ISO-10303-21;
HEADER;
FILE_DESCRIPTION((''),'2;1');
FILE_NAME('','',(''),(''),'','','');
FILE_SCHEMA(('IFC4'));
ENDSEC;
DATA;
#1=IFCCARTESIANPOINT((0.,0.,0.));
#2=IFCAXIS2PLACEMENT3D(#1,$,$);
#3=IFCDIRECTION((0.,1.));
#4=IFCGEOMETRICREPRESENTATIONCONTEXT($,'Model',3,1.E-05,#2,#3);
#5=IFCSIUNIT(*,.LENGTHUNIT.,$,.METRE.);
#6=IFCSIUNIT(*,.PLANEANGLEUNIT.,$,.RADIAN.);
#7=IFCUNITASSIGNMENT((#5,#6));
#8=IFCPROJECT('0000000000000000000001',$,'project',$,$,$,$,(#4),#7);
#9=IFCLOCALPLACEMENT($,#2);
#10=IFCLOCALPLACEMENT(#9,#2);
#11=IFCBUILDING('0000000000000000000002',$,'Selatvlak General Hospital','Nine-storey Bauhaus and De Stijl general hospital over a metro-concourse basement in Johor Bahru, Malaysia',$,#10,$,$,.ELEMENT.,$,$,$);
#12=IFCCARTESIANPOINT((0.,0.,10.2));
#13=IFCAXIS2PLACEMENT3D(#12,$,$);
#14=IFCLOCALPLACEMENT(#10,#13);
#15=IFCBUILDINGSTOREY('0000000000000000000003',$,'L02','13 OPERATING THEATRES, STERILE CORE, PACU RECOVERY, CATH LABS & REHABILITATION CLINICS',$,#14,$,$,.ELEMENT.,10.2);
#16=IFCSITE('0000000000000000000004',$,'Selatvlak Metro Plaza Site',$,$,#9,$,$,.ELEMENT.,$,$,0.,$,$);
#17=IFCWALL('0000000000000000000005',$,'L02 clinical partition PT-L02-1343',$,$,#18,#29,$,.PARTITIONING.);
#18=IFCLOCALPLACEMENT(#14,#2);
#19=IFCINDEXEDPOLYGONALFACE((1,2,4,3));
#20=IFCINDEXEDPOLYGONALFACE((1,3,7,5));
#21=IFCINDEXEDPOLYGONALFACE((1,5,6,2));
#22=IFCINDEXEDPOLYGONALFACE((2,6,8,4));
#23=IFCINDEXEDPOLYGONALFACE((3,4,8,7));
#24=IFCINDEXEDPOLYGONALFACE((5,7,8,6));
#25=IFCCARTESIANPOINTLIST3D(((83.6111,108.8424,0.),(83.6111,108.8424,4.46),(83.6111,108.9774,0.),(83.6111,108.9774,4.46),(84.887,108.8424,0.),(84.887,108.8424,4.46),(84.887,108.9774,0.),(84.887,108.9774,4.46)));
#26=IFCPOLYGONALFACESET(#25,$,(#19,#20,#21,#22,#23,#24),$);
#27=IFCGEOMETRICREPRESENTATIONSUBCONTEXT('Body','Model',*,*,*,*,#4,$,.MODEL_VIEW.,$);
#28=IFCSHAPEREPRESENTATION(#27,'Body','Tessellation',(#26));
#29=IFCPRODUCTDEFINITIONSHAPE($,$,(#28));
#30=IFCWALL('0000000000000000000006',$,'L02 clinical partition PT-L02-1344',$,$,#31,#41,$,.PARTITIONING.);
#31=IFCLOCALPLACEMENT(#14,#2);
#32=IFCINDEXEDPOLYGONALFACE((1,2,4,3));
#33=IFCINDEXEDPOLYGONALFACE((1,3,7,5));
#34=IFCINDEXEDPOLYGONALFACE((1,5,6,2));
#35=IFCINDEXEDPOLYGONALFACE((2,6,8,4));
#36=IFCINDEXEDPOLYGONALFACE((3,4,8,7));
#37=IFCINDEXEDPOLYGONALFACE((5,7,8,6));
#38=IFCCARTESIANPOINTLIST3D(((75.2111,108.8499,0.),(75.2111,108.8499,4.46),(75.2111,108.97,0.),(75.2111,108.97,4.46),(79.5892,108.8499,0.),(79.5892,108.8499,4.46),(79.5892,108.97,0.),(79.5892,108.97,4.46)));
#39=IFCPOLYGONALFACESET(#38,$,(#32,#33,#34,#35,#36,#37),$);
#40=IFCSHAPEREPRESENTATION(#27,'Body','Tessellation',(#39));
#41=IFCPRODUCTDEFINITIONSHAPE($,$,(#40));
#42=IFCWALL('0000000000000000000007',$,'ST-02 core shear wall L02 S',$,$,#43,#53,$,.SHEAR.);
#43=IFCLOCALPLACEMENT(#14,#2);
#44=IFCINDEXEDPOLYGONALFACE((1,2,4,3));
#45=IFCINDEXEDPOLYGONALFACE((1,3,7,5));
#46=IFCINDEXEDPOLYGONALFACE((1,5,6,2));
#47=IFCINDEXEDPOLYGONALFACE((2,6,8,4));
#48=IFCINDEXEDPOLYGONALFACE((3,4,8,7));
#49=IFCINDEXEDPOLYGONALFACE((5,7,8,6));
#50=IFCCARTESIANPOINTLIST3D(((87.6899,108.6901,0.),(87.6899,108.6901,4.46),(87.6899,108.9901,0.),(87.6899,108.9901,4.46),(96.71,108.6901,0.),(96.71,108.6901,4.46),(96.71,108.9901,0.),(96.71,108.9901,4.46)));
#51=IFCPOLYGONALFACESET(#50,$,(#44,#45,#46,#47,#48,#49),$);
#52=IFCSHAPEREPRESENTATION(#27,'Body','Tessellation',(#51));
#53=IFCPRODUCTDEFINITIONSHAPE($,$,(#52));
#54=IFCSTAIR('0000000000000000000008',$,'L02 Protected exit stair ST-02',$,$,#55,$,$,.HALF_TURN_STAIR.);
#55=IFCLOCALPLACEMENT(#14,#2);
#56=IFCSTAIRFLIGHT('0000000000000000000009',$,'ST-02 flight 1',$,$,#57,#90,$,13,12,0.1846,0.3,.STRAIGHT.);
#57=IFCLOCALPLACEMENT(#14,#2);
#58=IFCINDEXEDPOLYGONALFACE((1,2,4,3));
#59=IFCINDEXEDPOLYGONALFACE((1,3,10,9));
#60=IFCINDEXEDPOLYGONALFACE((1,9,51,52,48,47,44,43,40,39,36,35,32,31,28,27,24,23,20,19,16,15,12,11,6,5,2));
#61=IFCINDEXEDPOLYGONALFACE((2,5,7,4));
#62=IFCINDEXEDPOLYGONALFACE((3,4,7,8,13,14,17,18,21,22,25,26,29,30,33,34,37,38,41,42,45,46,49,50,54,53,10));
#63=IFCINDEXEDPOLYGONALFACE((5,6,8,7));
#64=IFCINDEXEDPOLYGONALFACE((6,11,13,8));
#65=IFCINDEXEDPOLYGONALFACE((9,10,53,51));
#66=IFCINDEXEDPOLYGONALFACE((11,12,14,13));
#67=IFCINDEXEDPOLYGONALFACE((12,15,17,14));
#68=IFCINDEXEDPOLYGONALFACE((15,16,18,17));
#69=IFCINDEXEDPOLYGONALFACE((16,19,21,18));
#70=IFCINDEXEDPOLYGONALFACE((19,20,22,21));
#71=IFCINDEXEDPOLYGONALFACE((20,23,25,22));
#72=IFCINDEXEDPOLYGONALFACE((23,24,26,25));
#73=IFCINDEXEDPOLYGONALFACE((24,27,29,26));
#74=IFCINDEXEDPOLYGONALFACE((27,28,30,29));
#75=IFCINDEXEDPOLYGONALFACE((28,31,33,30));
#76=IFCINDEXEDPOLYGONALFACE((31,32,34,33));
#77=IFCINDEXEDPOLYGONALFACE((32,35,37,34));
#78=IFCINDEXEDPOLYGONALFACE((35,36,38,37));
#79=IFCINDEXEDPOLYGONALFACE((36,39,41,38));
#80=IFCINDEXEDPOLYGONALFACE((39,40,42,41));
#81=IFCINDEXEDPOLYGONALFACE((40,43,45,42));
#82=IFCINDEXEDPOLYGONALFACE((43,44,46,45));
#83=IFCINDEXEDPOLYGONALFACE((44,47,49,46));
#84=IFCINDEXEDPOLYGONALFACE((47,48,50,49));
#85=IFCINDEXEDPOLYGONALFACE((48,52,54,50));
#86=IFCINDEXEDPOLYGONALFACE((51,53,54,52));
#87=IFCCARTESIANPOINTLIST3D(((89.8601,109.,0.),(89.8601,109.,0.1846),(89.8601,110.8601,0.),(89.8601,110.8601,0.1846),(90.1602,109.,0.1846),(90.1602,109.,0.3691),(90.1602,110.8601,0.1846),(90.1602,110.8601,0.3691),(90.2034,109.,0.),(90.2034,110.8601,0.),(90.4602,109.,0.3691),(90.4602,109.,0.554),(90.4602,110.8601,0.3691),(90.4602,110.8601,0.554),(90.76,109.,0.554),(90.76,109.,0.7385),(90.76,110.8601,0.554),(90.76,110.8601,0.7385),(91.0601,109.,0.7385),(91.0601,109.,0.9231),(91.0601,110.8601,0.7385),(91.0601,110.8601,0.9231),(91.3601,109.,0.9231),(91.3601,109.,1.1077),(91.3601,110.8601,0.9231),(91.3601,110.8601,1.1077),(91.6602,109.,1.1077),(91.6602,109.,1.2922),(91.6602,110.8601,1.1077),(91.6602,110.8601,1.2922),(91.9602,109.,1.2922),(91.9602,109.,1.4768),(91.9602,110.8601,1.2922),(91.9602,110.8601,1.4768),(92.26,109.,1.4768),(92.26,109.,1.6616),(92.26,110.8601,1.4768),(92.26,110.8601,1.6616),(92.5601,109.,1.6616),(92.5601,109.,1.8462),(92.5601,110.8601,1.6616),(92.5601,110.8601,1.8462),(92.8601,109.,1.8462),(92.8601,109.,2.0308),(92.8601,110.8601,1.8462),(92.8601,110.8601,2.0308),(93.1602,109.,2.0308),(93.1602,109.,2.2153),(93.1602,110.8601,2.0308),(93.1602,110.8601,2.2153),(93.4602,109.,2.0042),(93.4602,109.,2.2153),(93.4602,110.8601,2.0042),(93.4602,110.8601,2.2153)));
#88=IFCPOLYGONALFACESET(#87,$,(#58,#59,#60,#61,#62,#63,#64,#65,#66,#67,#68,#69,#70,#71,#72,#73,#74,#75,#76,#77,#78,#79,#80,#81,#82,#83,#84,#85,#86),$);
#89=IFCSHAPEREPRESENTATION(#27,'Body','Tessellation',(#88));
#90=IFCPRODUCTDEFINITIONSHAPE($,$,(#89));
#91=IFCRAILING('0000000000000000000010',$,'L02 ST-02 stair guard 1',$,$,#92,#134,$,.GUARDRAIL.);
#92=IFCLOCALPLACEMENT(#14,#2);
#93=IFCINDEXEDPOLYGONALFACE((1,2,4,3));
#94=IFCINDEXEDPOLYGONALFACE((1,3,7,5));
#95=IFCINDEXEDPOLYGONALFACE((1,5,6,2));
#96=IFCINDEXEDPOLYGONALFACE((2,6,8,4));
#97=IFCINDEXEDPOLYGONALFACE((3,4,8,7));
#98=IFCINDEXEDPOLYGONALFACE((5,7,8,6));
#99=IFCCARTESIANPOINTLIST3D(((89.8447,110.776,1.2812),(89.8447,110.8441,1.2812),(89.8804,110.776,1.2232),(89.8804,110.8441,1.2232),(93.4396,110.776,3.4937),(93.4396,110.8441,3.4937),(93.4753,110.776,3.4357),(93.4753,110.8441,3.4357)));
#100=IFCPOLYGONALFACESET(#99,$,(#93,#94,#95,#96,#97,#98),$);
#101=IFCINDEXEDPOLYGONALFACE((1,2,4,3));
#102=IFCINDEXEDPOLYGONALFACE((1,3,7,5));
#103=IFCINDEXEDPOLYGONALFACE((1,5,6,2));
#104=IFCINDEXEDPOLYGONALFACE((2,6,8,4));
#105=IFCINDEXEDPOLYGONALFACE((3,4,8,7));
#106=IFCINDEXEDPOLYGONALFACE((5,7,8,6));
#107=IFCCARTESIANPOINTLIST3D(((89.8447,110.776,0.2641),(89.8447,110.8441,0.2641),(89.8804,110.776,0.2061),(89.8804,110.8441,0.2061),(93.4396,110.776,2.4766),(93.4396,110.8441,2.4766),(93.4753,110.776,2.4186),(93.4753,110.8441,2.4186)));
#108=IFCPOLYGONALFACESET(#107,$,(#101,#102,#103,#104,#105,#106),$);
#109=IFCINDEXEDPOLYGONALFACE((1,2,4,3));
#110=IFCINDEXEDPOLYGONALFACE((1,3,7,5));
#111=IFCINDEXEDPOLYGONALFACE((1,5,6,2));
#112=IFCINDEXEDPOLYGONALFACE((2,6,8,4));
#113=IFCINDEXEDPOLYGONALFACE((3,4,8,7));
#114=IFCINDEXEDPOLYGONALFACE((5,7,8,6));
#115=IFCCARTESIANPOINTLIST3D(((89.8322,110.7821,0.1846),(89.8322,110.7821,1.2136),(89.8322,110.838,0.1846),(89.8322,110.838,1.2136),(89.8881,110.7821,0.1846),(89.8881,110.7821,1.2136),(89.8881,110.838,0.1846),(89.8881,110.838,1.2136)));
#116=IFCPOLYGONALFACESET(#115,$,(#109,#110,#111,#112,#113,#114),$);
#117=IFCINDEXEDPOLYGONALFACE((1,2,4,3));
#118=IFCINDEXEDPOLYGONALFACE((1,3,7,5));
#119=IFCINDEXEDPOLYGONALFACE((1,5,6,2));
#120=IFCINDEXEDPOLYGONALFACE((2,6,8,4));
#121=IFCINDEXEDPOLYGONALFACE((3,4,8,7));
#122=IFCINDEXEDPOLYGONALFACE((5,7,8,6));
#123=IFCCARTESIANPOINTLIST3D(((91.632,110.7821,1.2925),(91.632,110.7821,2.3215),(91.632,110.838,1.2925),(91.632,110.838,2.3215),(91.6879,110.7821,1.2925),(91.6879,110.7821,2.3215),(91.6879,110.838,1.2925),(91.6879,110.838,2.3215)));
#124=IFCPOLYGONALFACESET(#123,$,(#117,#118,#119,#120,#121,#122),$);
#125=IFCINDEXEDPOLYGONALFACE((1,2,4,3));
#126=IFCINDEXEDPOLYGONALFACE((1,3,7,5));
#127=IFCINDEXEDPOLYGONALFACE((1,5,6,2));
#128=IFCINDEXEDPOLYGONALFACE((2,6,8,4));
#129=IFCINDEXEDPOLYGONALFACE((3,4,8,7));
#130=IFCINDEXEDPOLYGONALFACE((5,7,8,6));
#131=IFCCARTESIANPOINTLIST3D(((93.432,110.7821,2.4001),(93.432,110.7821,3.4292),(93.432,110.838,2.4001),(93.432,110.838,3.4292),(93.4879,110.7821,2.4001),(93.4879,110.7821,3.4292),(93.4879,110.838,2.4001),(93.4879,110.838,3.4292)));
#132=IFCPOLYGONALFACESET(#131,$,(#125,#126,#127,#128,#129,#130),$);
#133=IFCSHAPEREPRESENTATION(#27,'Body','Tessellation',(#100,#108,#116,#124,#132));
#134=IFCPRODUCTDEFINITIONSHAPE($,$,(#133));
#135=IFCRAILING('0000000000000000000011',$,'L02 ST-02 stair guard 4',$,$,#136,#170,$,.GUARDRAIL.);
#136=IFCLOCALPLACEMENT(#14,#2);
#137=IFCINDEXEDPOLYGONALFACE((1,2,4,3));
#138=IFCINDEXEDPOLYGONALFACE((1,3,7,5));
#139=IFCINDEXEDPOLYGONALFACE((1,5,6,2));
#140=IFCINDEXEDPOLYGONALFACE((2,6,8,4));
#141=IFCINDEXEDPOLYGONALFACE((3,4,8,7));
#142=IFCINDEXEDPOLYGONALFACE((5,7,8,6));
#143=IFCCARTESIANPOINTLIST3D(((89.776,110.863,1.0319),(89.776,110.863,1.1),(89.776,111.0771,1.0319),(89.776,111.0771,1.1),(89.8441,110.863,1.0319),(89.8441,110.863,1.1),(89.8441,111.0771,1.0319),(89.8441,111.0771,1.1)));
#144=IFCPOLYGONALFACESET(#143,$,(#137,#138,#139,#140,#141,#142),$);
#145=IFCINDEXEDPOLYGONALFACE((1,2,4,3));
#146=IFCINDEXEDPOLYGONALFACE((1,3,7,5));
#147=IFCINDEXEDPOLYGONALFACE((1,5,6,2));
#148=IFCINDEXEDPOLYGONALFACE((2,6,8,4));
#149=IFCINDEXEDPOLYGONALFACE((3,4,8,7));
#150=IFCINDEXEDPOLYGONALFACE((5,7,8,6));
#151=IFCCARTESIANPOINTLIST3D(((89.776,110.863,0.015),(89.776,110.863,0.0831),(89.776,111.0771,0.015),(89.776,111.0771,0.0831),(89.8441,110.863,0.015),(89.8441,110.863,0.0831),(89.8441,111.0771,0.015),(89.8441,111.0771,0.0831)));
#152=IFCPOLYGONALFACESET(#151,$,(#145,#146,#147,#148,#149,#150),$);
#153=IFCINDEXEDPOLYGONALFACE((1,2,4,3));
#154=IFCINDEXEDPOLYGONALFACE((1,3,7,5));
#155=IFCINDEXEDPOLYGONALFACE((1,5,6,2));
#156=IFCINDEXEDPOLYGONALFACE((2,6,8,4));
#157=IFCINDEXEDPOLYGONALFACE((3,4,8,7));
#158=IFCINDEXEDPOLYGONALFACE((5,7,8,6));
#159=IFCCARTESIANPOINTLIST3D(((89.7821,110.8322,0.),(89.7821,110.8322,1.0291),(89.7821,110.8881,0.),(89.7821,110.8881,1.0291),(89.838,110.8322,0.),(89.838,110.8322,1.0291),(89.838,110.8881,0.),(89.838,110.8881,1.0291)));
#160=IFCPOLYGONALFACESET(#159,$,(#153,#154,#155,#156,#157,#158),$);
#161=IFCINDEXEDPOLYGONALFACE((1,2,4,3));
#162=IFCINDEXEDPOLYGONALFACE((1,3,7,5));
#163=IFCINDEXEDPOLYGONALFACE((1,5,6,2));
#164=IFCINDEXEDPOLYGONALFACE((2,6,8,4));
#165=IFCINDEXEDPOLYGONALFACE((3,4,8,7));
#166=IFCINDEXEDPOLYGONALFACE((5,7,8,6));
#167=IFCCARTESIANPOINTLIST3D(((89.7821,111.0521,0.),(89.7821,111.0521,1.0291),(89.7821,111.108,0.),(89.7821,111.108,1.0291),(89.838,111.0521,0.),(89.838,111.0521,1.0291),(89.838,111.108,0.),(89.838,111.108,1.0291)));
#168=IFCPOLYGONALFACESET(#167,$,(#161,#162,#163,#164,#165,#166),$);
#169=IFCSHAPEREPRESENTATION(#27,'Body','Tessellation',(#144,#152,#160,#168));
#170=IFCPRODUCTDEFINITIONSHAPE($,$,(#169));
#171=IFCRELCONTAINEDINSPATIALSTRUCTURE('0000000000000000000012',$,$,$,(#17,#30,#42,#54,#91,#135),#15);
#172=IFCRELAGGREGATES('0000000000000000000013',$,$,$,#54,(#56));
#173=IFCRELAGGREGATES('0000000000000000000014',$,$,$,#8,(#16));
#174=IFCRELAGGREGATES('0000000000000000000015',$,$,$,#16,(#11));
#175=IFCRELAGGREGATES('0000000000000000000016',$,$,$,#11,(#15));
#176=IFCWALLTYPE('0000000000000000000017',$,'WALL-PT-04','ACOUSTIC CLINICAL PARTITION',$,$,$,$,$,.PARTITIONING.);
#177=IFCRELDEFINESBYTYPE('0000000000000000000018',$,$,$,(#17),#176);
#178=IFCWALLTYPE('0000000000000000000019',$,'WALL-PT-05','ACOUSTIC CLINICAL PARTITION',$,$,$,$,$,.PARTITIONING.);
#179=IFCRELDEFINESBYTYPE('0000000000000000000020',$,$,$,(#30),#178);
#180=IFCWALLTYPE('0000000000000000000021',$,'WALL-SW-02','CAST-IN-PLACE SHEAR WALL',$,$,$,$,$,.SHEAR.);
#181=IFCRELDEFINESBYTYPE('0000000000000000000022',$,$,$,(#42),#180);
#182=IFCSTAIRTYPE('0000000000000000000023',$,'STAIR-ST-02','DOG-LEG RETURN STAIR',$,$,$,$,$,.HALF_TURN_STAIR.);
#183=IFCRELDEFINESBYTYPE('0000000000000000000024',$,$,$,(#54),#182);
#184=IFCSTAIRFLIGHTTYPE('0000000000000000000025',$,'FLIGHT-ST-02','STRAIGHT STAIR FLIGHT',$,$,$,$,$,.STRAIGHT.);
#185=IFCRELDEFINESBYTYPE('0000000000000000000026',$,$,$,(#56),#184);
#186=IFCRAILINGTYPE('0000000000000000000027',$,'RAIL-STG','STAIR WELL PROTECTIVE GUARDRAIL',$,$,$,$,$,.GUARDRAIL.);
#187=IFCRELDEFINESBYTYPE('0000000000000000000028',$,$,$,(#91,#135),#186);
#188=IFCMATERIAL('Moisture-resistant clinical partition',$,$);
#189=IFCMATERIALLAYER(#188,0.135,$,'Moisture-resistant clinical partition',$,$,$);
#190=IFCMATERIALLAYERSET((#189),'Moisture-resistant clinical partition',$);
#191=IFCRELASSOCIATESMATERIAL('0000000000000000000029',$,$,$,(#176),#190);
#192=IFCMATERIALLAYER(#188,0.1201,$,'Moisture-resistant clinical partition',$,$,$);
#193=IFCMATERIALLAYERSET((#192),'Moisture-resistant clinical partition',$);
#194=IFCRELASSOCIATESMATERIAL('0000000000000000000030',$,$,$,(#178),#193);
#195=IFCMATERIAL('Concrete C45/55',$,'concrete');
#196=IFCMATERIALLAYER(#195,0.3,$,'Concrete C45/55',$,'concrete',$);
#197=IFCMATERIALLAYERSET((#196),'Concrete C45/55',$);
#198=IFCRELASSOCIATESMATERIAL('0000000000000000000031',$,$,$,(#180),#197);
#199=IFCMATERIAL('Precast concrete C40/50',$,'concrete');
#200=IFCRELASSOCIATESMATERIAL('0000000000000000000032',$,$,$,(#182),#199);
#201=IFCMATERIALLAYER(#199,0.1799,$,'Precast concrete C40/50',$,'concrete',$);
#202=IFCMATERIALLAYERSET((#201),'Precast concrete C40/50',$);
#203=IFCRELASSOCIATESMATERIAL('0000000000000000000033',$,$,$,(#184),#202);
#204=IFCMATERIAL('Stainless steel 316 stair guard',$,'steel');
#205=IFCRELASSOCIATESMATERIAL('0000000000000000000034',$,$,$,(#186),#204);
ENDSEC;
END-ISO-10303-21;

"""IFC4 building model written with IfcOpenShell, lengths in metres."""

from ifc_helpers import new_model, si_unit, direction, frame, frame_2d, origin, origin_2d, place, context, subcontext, project, spatial, polyline, rectangle, outline, extrude, material, layer, layer_set, type_object, element, aggregate, save


model = new_model("IFC4")

# Units and contexts
model_context = context("Model", 3, precision=1e-05, world=origin(), true_north=direction((0.0, 1.0)))
body_context = subcontext(model_context, "Body", "Model", "MODEL_VIEW")
ifc_project = project(units=[si_unit("LENGTHUNIT", "METRE"), si_unit("PLANEANGLEUNIT", "RADIAN")], contexts=[model_context])

# Site, building, storey
site_placement = place(None, origin())
site = spatial("IfcSite", under=ifc_project, at=site_placement, Name="Selatvlak Metro Plaza Site", CompositionType="ELEMENT", RefElevation=0.0)
building_placement = place(site_placement, origin())
building = spatial("IfcBuilding", under=site, at=building_placement, Name="Selatvlak General Hospital", Description="Nine-storey Bauhaus and De Stijl general hospital over a metro-concourse basement in Johor Bahru, Malaysia", CompositionType="ELEMENT")
storey_placement = place(building_placement, frame((0.0, 0.0, 10.2)))
storey = spatial("IfcBuildingStorey", under=building, at=storey_placement, Name="L02", Description="13 OPERATING THEATRES, STERILE CORE, PACU RECOVERY, CATH LABS & REHABILITATION CLINICS", CompositionType="ELEMENT", Elevation=10.2)

# Walls
ifc_material_1 = material(Name="Moisture-resistant clinical partition")
ifc_layer_1 = layer(ifc_material_1, 0.135, Name="Moisture-resistant clinical partition")
ifc_layer_set_1 = layer_set([ifc_layer_1], Name="Moisture-resistant clinical partition")
wall_type_1 = type_object("IfcWallType", Name="WALL-PT-04", Description="ACOUSTIC CLINICAL PARTITION", PredefinedType="PARTITIONING", material=ifc_layer_set_1)
wall_1_placement = place(storey_placement, frame((84.887, 108.9099, 0.0), z_axis=(0.0, 0.0, 1.0), x_axis=(-1.0, 0.0, 0.0)))
element("IfcWall", 1, at=wall_1_placement, inside=storey, type_object=wall_type_1, Name="L02 clinical partition PT-L02-1343", PredefinedType="PARTITIONING", context=body_context, shape_type="SweptSolid", body=[
    extrude(rectangle(XDim=1.2759, YDim=0.135, at=frame_2d((0.6379, 0.0))), origin(), (0.0, 0.0, 1.0), 4.46),
])
ifc_layer_2 = layer(ifc_material_1, 0.1201, Name="Moisture-resistant clinical partition")
ifc_layer_set_2 = layer_set([ifc_layer_2], Name="Moisture-resistant clinical partition")
wall_type_2 = type_object("IfcWallType", Name="WALL-PT-05", Description="ACOUSTIC CLINICAL PARTITION", PredefinedType="PARTITIONING", material=ifc_layer_set_2)
wall_2_placement = place(storey_placement, frame((79.5891, 108.9099, 0.0), z_axis=(0.0, 0.0, 1.0), x_axis=(-1.0, 0.0, 0.0)))
element("IfcWall", 2, at=wall_2_placement, inside=storey, type_object=wall_type_2, Name="L02 clinical partition PT-L02-1344", PredefinedType="PARTITIONING", context=body_context, shape_type="SweptSolid", body=[
    extrude(rectangle(XDim=4.3782, YDim=0.1201, at=frame_2d((2.189, 0.0))), origin(), (0.0, 0.0, 1.0), 4.46),
])
ifc_material_2 = material(Name="Concrete C45/55", Category="concrete")
ifc_layer_3 = layer(ifc_material_2, 0.3, Name="Concrete C45/55", Category="concrete")
ifc_layer_set_3 = layer_set([ifc_layer_3], Name="Concrete C45/55")
wall_type_3 = type_object("IfcWallType", Name="WALL-SW-02", Description="CAST-IN-PLACE SHEAR WALL", PredefinedType="SHEAR", material=ifc_layer_set_3)
wall_3_placement = place(storey_placement, frame((87.6899, 108.8401, 0.0), z_axis=(0.0, 0.0, 1.0), x_axis=(1.0, 0.0, 0.0)))
element("IfcWall", 3, at=wall_3_placement, inside=storey, type_object=wall_type_3, Name="ST-02 core shear wall L02 S", PredefinedType="SHEAR", context=body_context, shape_type="SweptSolid", body=[
    extrude(rectangle(XDim=9.02, YDim=0.3, at=frame_2d((4.51, 0.0))), origin(), (0.0, 0.0, 1.0), 4.46),
])

# Stair, stair flight
ifc_material_3 = material(Name="Precast concrete C40/50", Category="concrete")
stair_type = type_object("IfcStairType", Name="STAIR-ST-02", Description="DOG-LEG RETURN STAIR", PredefinedType="HALF_TURN_STAIR", material=ifc_material_3)
stair_placement = place(storey_placement, origin())
stair = element("IfcStair", 4, at=stair_placement, inside=storey, type_object=stair_type, Name="L02 Protected exit stair ST-02", PredefinedType="HALF_TURN_STAIR")
ifc_layer_4 = layer(ifc_material_3, 0.1799, Name="Precast concrete C40/50", Category="concrete")
ifc_layer_set_4 = layer_set([ifc_layer_4], Name="Precast concrete C40/50")
stair_flight_type = type_object("IfcStairFlightType", Name="FLIGHT-ST-02", Description="STRAIGHT STAIR FLIGHT", PredefinedType="STRAIGHT", material=ifc_layer_set_4)
stair_flight_placement = place(storey_placement, frame((89.8601, 109.9299, 0.0), z_axis=(0.0, 0.0, 1.0), x_axis=(1.0, 0.0, 0.0)))
stair_flight = element("IfcStairFlight", 5, at=stair_flight_placement, type_object=stair_flight_type, Name="ST-02 flight 1", NumberOfRisers=13, NumberOfTreads=12, PredefinedType="STRAIGHT", RiserHeight=0.1846, TreadLength=0.3, context=body_context, shape_type="SweptSolid", body=[
    extrude(outline(polyline([(0.0, 0.0), (0.0, 0.1846), (0.3, 0.1846), (0.3, 0.3691), (0.6001, 0.3691), (0.6001, 0.554), (0.8999, 0.554), (0.8999, 0.7385), (1.2, 0.7385), (1.2, 0.9231), (1.5, 0.9231), (1.5, 1.1077), (1.8, 1.1077), (1.8, 1.2922), (2.1001, 1.2922), (2.1001, 1.4768), (2.3999, 1.4768), (2.3999, 1.6616), (2.7, 1.6616), (2.7, 1.8462), (3.0, 1.8462), (3.0, 2.0308), (3.3, 2.0308), (3.3, 2.2153), (3.6001, 2.2153), (3.6001, 2.3999), (3.6001, 2.0042), (0.3433, 0.0), (0.0, 0.0)])), frame((0.0, 0.9302, 0.0), z_axis=(0.0, -1.0, 0.0), x_axis=(1.0, 0.0, 0.0)), (0.0, 0.0, 1.0), 1.8601),
])
aggregate(stair, [stair_flight])

# Railings
ifc_material_4 = material(Name="Stainless steel 316 stair guard", Category="steel")
railing_type_1 = type_object("IfcRailingType", Name="RAIL-STG", Description="STAIR WELL PROTECTIVE GUARDRAIL", PredefinedType="GUARDRAIL", material=ifc_material_4)
railing_1_placement = place(storey_placement, frame((89.8601, 110.8101, 0.1846)))
element("IfcRailing", 6, at=railing_1_placement, inside=storey, type_object=railing_type_1, Name="L02 ST-02 stair guard 1", PredefinedType="GUARDRAIL", context=body_context, shape_type="SweptSolid", body=[
    extrude(rectangle(XDim=0.0681, YDim=0.0681, at=origin_2d()), frame((0.0024, 0.0, 1.0676), z_axis=(0.851629, 0.0, 0.524146), x_axis=(0.0, 1.0, 0.0)), (0.0, 0.0, 1.0), 4.2212),
    extrude(rectangle(XDim=0.0681, YDim=0.0681, at=origin_2d()), frame((0.0024, 0.0, 0.0505), z_axis=(0.851629, 0.0, 0.524146), x_axis=(0.0, 1.0, 0.0)), (0.0, 0.0, 1.0), 4.2212),
    extrude(rectangle(XDim=0.0559, YDim=0.0559, at=origin_2d()), origin(), (0.0, 0.0, 1.0), 1.0291),
    extrude(rectangle(XDim=0.0559, YDim=0.0559, at=origin_2d()), frame((1.7998, 0.0, 1.1079)), (0.0, 0.0, 1.0), 1.0291),
    extrude(rectangle(XDim=0.0559, YDim=0.0559, at=origin_2d()), frame((3.5999, 0.0, 2.2156)), (0.0, 0.0, 1.0), 1.0291),
])
railing_2_placement = place(storey_placement, frame((89.8101, 110.8601, 0.0)))
element("IfcRailing", 7, at=railing_2_placement, inside=storey, type_object=railing_type_1, Name="L02 ST-02 stair guard 4", PredefinedType="GUARDRAIL", context=body_context, shape_type="SweptSolid", body=[
    extrude(rectangle(XDim=0.0681, YDim=0.0681, at=origin_2d()), frame((0.0, 0.0029, 1.0659), z_axis=(0.0, 1.0, 0.0), x_axis=(-1.0, 0.0, 0.0)), (0.0, 0.0, 1.0), 0.2141),
    extrude(rectangle(XDim=0.0681, YDim=0.0681, at=origin_2d()), frame((0.0, 0.0029, 0.0491), z_axis=(0.0, 1.0, 0.0), x_axis=(-1.0, 0.0, 0.0)), (0.0, 0.0, 1.0), 0.2141),
    extrude(rectangle(XDim=0.0559, YDim=0.0559, at=origin_2d()), origin(), (0.0, 0.0, 1.0), 1.0291),
    extrude(rectangle(XDim=0.0559, YDim=0.0559, at=origin_2d()), frame((0.0, 0.22, 0.0)), (0.0, 0.0, 1.0), 1.0291),
])

save(model, "model.ifc")
